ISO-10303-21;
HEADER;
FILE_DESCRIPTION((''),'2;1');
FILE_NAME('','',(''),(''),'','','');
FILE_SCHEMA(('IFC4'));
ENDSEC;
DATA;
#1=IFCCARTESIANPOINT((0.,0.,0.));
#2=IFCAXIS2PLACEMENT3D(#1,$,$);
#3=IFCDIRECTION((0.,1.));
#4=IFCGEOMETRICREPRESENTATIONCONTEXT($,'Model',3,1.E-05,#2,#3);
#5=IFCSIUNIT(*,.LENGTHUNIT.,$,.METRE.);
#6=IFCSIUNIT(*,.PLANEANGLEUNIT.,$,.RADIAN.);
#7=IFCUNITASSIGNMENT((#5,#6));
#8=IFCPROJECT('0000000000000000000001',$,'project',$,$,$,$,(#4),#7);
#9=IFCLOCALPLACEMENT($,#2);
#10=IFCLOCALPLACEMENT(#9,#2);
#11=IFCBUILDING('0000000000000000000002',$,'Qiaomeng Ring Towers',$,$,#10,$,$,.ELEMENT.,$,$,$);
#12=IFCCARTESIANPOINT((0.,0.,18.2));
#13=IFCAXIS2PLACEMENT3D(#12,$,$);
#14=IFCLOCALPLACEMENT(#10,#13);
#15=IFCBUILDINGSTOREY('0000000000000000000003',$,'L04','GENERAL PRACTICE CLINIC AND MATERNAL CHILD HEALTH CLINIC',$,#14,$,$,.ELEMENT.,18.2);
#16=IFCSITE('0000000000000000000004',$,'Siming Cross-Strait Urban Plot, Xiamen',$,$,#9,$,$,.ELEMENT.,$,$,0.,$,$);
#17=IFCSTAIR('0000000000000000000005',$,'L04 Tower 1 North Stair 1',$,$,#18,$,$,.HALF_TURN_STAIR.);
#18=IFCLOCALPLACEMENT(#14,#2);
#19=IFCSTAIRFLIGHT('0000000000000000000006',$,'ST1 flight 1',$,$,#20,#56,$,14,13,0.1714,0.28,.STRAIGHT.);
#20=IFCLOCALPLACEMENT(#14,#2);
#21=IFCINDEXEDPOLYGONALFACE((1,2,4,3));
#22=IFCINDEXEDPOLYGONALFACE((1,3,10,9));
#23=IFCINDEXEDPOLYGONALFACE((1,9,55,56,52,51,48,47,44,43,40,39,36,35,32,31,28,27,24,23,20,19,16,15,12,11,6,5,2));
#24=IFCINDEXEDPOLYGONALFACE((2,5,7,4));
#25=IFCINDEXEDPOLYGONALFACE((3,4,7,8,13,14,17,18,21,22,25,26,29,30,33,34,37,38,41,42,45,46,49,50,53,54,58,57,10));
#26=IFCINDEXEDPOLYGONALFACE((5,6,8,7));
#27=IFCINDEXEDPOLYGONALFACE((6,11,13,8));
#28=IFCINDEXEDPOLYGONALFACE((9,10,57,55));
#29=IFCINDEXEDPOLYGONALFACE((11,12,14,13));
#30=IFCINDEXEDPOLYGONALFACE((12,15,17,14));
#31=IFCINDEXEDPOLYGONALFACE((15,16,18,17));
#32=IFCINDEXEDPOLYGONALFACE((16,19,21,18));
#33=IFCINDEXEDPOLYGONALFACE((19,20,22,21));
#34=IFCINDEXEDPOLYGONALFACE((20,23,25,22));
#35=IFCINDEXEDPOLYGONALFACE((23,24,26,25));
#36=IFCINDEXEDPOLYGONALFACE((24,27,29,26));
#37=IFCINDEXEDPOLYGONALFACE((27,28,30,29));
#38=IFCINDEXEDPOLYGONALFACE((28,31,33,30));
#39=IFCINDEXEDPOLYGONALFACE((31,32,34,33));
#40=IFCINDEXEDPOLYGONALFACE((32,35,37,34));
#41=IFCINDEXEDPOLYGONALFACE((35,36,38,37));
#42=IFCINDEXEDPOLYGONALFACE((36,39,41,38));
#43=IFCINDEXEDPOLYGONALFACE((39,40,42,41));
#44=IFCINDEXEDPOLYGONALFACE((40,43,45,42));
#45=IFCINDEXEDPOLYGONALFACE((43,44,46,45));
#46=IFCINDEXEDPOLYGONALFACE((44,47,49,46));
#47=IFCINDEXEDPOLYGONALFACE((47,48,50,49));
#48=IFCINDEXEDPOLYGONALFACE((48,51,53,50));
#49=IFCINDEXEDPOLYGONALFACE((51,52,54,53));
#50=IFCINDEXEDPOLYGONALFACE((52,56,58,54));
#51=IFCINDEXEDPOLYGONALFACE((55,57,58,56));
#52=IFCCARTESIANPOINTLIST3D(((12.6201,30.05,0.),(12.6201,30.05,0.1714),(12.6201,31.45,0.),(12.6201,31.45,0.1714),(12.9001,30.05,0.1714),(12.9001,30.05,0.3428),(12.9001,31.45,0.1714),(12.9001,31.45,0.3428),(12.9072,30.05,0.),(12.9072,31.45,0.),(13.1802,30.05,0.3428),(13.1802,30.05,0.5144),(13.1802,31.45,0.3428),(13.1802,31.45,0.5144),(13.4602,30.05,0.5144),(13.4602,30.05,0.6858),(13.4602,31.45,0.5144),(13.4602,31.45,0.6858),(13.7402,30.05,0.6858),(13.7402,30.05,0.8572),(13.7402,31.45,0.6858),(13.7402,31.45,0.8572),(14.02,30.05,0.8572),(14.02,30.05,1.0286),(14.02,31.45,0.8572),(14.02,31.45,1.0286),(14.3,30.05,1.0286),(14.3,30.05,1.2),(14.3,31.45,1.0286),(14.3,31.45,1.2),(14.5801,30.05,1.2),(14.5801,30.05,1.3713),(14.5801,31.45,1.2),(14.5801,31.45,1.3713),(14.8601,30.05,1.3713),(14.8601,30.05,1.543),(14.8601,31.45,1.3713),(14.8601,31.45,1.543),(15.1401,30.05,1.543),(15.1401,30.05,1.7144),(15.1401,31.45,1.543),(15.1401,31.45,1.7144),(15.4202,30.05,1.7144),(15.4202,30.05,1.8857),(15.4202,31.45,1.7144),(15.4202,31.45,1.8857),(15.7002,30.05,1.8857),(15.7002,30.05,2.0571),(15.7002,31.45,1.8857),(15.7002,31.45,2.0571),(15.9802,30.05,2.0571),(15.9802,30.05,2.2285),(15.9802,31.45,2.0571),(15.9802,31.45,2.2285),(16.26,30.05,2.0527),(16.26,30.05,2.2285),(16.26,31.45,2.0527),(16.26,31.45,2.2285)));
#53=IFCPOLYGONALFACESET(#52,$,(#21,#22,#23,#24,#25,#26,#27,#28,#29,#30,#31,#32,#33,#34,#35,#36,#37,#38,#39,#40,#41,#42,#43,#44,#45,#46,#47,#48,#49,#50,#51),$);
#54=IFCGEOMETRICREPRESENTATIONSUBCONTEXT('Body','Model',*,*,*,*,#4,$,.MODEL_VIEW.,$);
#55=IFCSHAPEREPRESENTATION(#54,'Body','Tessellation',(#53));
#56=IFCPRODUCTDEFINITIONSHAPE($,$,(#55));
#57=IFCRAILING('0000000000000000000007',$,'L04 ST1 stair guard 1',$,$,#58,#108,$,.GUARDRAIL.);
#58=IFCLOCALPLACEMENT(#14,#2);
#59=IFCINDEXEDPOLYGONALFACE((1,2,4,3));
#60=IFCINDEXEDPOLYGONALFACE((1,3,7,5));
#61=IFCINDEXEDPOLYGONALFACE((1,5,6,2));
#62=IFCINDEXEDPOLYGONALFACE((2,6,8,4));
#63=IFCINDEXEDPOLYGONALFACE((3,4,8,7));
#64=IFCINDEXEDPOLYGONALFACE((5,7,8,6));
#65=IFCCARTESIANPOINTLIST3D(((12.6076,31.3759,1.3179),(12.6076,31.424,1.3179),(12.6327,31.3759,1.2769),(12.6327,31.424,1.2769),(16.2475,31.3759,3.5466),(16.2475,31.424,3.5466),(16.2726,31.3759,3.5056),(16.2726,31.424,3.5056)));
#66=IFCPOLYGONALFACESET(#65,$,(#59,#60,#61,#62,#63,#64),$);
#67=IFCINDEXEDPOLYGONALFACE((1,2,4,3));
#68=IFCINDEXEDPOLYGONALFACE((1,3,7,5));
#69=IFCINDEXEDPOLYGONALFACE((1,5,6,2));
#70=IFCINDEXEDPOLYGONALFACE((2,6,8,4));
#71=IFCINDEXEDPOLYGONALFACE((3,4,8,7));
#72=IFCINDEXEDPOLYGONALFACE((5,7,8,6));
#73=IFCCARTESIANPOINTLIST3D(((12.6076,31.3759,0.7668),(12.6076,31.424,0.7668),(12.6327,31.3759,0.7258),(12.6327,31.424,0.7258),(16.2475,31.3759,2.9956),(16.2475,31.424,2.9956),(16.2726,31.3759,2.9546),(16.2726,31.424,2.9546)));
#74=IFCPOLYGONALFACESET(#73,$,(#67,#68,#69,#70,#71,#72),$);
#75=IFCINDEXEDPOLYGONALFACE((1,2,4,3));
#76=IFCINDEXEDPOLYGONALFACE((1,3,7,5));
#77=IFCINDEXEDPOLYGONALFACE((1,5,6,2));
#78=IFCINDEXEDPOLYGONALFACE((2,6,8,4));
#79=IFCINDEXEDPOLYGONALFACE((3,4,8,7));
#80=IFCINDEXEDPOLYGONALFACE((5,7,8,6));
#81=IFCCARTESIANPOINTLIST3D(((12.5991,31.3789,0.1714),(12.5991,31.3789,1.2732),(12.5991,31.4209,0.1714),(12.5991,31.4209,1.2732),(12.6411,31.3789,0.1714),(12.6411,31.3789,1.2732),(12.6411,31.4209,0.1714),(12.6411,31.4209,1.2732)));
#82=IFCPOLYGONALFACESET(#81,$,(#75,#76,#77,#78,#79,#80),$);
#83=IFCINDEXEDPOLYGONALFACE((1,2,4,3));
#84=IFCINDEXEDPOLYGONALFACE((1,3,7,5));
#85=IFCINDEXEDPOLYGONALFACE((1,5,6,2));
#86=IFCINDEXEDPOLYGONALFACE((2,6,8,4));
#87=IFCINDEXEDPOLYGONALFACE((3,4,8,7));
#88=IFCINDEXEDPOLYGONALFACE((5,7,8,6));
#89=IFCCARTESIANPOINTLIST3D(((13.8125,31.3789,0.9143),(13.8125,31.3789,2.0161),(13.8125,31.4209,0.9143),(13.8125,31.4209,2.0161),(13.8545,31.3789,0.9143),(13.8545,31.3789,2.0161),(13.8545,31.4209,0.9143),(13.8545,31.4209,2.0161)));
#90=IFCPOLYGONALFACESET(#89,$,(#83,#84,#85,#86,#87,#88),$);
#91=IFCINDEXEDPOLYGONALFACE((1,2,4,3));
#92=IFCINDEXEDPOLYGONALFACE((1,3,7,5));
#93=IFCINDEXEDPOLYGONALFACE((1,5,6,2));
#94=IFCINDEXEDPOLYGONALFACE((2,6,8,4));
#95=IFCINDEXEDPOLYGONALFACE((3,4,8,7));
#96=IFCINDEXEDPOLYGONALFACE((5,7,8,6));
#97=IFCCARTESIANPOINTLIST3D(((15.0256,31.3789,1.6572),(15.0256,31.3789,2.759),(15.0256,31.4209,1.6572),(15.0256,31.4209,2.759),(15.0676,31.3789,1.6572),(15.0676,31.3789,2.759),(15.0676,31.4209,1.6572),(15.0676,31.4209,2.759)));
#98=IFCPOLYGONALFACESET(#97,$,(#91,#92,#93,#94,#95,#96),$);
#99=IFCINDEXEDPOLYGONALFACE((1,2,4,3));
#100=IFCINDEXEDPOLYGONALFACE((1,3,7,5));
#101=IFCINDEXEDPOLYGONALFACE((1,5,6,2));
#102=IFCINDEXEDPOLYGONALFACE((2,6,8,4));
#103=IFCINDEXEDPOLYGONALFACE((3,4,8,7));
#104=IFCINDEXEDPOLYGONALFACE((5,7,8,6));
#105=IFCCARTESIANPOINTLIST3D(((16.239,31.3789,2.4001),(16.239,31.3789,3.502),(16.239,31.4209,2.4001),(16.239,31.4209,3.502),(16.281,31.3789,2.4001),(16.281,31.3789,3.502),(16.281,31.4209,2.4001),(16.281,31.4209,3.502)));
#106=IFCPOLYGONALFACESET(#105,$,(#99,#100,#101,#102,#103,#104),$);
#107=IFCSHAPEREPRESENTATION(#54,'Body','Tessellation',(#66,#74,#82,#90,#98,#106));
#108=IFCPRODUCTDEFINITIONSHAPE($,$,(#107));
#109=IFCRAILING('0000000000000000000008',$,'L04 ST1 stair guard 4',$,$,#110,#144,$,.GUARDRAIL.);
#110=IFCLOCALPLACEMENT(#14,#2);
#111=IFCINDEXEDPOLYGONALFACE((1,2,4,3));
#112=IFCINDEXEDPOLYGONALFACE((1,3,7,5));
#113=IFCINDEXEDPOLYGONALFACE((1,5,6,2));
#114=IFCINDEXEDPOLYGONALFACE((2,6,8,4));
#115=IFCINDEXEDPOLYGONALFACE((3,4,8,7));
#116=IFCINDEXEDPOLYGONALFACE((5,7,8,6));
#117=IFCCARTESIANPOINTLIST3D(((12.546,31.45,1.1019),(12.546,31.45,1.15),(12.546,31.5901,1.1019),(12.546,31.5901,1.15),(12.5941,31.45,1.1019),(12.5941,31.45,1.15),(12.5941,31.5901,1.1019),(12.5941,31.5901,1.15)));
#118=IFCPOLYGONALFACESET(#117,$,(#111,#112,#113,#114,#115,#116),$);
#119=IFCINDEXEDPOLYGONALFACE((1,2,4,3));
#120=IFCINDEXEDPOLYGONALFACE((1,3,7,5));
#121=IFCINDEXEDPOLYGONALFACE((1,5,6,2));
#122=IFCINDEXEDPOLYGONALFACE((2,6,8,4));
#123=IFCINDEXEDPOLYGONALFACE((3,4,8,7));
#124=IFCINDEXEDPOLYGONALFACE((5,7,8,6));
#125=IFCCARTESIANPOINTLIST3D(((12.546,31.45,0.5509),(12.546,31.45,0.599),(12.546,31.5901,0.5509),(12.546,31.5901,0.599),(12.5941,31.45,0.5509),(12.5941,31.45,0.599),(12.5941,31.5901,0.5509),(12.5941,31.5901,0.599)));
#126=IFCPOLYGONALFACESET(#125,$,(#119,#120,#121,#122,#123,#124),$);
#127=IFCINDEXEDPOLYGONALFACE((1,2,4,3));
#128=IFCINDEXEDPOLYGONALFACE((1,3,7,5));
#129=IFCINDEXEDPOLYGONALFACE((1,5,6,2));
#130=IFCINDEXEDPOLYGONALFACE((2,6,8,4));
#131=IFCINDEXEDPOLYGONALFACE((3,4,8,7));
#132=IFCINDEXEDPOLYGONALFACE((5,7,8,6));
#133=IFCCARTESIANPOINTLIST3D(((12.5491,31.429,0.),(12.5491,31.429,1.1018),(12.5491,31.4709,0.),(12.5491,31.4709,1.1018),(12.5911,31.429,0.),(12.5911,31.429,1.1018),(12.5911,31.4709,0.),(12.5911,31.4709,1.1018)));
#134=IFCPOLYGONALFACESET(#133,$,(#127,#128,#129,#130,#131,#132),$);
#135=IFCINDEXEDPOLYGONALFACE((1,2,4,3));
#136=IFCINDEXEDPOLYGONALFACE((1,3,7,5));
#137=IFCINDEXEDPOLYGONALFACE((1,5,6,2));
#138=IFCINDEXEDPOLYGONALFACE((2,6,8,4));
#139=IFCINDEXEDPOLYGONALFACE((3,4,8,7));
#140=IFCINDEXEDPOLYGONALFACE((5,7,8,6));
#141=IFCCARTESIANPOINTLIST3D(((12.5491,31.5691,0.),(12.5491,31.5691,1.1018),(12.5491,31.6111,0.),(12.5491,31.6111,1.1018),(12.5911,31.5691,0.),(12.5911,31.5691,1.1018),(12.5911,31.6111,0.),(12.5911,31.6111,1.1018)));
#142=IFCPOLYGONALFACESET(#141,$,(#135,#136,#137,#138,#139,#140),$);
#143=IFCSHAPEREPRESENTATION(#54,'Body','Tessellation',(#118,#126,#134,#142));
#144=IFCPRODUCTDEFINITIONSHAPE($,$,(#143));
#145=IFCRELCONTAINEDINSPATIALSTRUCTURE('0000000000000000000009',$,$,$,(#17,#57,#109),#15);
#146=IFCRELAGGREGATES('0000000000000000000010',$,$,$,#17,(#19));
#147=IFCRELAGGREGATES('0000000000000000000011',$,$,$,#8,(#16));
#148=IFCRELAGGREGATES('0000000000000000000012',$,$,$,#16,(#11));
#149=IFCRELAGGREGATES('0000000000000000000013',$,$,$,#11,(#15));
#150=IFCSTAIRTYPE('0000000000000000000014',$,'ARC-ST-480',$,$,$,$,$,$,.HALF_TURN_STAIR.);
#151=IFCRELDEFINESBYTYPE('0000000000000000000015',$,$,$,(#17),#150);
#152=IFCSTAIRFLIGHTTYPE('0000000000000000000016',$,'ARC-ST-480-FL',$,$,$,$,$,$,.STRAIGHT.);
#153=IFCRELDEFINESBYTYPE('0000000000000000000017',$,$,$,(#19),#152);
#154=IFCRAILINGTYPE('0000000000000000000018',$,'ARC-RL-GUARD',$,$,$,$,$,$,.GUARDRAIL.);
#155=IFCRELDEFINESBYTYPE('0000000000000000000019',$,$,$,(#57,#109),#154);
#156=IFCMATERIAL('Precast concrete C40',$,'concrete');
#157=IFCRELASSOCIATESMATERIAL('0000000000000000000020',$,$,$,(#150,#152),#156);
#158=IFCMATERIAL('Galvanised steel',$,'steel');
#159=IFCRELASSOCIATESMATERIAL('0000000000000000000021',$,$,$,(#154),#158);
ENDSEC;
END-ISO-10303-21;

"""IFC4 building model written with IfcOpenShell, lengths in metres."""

from ifc_helpers import new_model, si_unit, direction, frame, origin, origin_2d, place, context, subcontext, project, spatial, polyline, rectangle, outline, extrude, source, transform, mapped, material, type_object, element, aggregate, save


model = new_model("IFC4")

# Units and contexts
model_context = context("Model", 3, precision=1e-05, world=origin(), true_north=direction((0.0, 1.0)))
body_context = subcontext(model_context, "Body", "Model", "MODEL_VIEW")
ifc_project = project(units=[si_unit("LENGTHUNIT", "METRE"), si_unit("PLANEANGLEUNIT", "RADIAN")], contexts=[model_context])

# Site, building, storey
site_placement = place(None, origin())
site = spatial("IfcSite", under=ifc_project, at=site_placement, Name="Siming Cross-Strait Urban Plot, Xiamen", CompositionType="ELEMENT", RefElevation=0.0)
building_placement = place(site_placement, origin())
building = spatial("IfcBuilding", under=site, at=building_placement, Name="Qiaomeng Ring Towers", CompositionType="ELEMENT")
storey_placement = place(building_placement, frame((0.0, 0.0, 18.2)))
storey = spatial("IfcBuildingStorey", under=building, at=storey_placement, Name="L04", Description="GENERAL PRACTICE CLINIC AND MATERNAL CHILD HEALTH CLINIC", CompositionType="ELEMENT", Elevation=18.2)

# Shared definitions
ifc_material_1 = material(Name="Precast concrete C40", Category="concrete")

# Shared definitions
ifc_material_2 = material(Name="Galvanised steel", Category="steel")

# Stair, stair flight
stair_type = type_object("IfcStairType", Name="ARC-ST-480", PredefinedType="HALF_TURN_STAIR", material=ifc_material_1)
stair_placement = place(storey_placement, origin())
stair = element("IfcStair", 1, at=stair_placement, inside=storey, type_object=stair_type, Name="L04 Tower 1 North Stair 1", PredefinedType="HALF_TURN_STAIR")
stair_flight_type = type_object("IfcStairFlightType", Name="ARC-ST-480-FL", PredefinedType="STRAIGHT", material=ifc_material_1)
shared_shape_1 = source(origin(), body_context, "Body", "SweptSolid", [
    extrude(outline(polyline([(0.0, 0.0), (0.0, 0.1714), (0.28, 0.1714), (0.28, 0.3428), (0.5601, 0.3428), (0.5601, 0.5144), (0.8401, 0.5144), (0.8401, 0.6858), (1.1201, 0.6858), (1.1201, 0.8572), (1.3999, 0.8572), (1.3999, 1.0286), (1.6799, 1.0286), (1.6799, 1.2), (1.96, 1.2), (1.96, 1.3713), (2.24, 1.3713), (2.24, 1.543), (2.52, 1.543), (2.52, 1.7144), (2.8, 1.7144), (2.8, 1.8857), (3.0801, 1.8857), (3.0801, 2.0571), (3.3601, 2.0571), (3.3601, 2.2285), (3.6399, 2.2285), (3.6399, 2.3999), (3.6399, 2.0527), (0.2871, 0.0), (0.0, 0.0)])), frame((0.0, 0.7, 0.0), z_axis=(0.0, -1.0, 0.0), x_axis=(1.0, 0.0, 0.0)), (0.0, 0.0, 1.0), 1.3999),
])
stair_flight_placement = place(storey_placement, frame((12.6201, 30.75, 0.0), z_axis=(0.0, 0.0, 1.0), x_axis=(1.0, 0.0, 0.0)))
stair_flight = element("IfcStairFlight", 2, at=stair_flight_placement, type_object=stair_flight_type, Name="ST1 flight 1", NumberOfRisers=14, NumberOfTreads=13, PredefinedType="STRAIGHT", RiserHeight=0.1714, TreadLength=0.28, context=body_context, shape_type="MappedRepresentation", body=[
    mapped(shared_shape_1, transform((0.0, 0.0, 0.0), x_axis=(1.0, 0.0, 0.0), y_axis=(0.0, 1.0, 0.0), z_axis=(0.0, 0.0, 1.0), scale=1.0)),
])
aggregate(stair, [stair_flight])

# Railings
railing_type = type_object("IfcRailingType", Name="ARC-RL-GUARD", PredefinedType="GUARDRAIL", material=ifc_material_2)
railing_1_placement = place(storey_placement, frame((12.6201, 31.3999, 0.1714)))
element("IfcRailing", 3, at=railing_1_placement, inside=storey, type_object=railing_type, Name="L04 ST1 stair guard 1", PredefinedType="GUARDRAIL", context=body_context, shape_type="SweptSolid", body=[
    extrude(rectangle(XDim=0.0481, YDim=0.0481, at=origin_2d()), frame((0.0, 0.0, 1.126), z_axis=(0.852825, 0.0, 0.522197), x_axis=(0.0, 1.0, 0.0)), (0.0, 0.0, 1.0), 4.2681),
    extrude(rectangle(XDim=0.0481, YDim=0.0481, at=origin_2d()), frame((0.0, 0.0, 0.575), z_axis=(0.852825, 0.0, 0.522197), x_axis=(0.0, 1.0, 0.0)), (0.0, 0.0, 1.0), 4.2681),
    extrude(rectangle(XDim=0.042, YDim=0.042, at=origin_2d()), origin(), (0.0, 0.0, 1.0), 1.1018),
    extrude(rectangle(XDim=0.042, YDim=0.042, at=origin_2d()), frame((1.2134, 0.0, 0.7429)), (0.0, 0.0, 1.0), 1.1018),
    extrude(rectangle(XDim=0.042, YDim=0.042, at=origin_2d()), frame((2.4265, 0.0, 1.4858)), (0.0, 0.0, 1.0), 1.1018),
    extrude(rectangle(XDim=0.042, YDim=0.042, at=origin_2d()), frame((3.6399, 0.0, 2.2288)), (0.0, 0.0, 1.0), 1.1018),
])
railing_2_placement = place(storey_placement, frame((12.5701, 31.45, 0.0)))
element("IfcRailing", 4, at=railing_2_placement, inside=storey, type_object=railing_type, Name="L04 ST1 stair guard 4", PredefinedType="GUARDRAIL", context=body_context, shape_type="SweptSolid", body=[
    extrude(rectangle(XDim=0.0481, YDim=0.0481, at=origin_2d()), frame((0.0, 0.0, 1.126), z_axis=(0.0, 1.0, 0.0), x_axis=(-1.0, 0.0, 0.0)), (0.0, 0.0, 1.0), 0.1401),
    extrude(rectangle(XDim=0.0481, YDim=0.0481, at=origin_2d()), frame((0.0, 0.0, 0.575), z_axis=(0.0, 1.0, 0.0), x_axis=(-1.0, 0.0, 0.0)), (0.0, 0.0, 1.0), 0.1401),
    extrude(rectangle(XDim=0.042, YDim=0.042, at=origin_2d()), origin(), (0.0, 0.0, 1.0), 1.1018),
    extrude(rectangle(XDim=0.042, YDim=0.042, at=origin_2d()), frame((0.0, 0.1401, 0.0)), (0.0, 0.0, 1.0), 1.1018),
])

save(model, "model.ifc")
